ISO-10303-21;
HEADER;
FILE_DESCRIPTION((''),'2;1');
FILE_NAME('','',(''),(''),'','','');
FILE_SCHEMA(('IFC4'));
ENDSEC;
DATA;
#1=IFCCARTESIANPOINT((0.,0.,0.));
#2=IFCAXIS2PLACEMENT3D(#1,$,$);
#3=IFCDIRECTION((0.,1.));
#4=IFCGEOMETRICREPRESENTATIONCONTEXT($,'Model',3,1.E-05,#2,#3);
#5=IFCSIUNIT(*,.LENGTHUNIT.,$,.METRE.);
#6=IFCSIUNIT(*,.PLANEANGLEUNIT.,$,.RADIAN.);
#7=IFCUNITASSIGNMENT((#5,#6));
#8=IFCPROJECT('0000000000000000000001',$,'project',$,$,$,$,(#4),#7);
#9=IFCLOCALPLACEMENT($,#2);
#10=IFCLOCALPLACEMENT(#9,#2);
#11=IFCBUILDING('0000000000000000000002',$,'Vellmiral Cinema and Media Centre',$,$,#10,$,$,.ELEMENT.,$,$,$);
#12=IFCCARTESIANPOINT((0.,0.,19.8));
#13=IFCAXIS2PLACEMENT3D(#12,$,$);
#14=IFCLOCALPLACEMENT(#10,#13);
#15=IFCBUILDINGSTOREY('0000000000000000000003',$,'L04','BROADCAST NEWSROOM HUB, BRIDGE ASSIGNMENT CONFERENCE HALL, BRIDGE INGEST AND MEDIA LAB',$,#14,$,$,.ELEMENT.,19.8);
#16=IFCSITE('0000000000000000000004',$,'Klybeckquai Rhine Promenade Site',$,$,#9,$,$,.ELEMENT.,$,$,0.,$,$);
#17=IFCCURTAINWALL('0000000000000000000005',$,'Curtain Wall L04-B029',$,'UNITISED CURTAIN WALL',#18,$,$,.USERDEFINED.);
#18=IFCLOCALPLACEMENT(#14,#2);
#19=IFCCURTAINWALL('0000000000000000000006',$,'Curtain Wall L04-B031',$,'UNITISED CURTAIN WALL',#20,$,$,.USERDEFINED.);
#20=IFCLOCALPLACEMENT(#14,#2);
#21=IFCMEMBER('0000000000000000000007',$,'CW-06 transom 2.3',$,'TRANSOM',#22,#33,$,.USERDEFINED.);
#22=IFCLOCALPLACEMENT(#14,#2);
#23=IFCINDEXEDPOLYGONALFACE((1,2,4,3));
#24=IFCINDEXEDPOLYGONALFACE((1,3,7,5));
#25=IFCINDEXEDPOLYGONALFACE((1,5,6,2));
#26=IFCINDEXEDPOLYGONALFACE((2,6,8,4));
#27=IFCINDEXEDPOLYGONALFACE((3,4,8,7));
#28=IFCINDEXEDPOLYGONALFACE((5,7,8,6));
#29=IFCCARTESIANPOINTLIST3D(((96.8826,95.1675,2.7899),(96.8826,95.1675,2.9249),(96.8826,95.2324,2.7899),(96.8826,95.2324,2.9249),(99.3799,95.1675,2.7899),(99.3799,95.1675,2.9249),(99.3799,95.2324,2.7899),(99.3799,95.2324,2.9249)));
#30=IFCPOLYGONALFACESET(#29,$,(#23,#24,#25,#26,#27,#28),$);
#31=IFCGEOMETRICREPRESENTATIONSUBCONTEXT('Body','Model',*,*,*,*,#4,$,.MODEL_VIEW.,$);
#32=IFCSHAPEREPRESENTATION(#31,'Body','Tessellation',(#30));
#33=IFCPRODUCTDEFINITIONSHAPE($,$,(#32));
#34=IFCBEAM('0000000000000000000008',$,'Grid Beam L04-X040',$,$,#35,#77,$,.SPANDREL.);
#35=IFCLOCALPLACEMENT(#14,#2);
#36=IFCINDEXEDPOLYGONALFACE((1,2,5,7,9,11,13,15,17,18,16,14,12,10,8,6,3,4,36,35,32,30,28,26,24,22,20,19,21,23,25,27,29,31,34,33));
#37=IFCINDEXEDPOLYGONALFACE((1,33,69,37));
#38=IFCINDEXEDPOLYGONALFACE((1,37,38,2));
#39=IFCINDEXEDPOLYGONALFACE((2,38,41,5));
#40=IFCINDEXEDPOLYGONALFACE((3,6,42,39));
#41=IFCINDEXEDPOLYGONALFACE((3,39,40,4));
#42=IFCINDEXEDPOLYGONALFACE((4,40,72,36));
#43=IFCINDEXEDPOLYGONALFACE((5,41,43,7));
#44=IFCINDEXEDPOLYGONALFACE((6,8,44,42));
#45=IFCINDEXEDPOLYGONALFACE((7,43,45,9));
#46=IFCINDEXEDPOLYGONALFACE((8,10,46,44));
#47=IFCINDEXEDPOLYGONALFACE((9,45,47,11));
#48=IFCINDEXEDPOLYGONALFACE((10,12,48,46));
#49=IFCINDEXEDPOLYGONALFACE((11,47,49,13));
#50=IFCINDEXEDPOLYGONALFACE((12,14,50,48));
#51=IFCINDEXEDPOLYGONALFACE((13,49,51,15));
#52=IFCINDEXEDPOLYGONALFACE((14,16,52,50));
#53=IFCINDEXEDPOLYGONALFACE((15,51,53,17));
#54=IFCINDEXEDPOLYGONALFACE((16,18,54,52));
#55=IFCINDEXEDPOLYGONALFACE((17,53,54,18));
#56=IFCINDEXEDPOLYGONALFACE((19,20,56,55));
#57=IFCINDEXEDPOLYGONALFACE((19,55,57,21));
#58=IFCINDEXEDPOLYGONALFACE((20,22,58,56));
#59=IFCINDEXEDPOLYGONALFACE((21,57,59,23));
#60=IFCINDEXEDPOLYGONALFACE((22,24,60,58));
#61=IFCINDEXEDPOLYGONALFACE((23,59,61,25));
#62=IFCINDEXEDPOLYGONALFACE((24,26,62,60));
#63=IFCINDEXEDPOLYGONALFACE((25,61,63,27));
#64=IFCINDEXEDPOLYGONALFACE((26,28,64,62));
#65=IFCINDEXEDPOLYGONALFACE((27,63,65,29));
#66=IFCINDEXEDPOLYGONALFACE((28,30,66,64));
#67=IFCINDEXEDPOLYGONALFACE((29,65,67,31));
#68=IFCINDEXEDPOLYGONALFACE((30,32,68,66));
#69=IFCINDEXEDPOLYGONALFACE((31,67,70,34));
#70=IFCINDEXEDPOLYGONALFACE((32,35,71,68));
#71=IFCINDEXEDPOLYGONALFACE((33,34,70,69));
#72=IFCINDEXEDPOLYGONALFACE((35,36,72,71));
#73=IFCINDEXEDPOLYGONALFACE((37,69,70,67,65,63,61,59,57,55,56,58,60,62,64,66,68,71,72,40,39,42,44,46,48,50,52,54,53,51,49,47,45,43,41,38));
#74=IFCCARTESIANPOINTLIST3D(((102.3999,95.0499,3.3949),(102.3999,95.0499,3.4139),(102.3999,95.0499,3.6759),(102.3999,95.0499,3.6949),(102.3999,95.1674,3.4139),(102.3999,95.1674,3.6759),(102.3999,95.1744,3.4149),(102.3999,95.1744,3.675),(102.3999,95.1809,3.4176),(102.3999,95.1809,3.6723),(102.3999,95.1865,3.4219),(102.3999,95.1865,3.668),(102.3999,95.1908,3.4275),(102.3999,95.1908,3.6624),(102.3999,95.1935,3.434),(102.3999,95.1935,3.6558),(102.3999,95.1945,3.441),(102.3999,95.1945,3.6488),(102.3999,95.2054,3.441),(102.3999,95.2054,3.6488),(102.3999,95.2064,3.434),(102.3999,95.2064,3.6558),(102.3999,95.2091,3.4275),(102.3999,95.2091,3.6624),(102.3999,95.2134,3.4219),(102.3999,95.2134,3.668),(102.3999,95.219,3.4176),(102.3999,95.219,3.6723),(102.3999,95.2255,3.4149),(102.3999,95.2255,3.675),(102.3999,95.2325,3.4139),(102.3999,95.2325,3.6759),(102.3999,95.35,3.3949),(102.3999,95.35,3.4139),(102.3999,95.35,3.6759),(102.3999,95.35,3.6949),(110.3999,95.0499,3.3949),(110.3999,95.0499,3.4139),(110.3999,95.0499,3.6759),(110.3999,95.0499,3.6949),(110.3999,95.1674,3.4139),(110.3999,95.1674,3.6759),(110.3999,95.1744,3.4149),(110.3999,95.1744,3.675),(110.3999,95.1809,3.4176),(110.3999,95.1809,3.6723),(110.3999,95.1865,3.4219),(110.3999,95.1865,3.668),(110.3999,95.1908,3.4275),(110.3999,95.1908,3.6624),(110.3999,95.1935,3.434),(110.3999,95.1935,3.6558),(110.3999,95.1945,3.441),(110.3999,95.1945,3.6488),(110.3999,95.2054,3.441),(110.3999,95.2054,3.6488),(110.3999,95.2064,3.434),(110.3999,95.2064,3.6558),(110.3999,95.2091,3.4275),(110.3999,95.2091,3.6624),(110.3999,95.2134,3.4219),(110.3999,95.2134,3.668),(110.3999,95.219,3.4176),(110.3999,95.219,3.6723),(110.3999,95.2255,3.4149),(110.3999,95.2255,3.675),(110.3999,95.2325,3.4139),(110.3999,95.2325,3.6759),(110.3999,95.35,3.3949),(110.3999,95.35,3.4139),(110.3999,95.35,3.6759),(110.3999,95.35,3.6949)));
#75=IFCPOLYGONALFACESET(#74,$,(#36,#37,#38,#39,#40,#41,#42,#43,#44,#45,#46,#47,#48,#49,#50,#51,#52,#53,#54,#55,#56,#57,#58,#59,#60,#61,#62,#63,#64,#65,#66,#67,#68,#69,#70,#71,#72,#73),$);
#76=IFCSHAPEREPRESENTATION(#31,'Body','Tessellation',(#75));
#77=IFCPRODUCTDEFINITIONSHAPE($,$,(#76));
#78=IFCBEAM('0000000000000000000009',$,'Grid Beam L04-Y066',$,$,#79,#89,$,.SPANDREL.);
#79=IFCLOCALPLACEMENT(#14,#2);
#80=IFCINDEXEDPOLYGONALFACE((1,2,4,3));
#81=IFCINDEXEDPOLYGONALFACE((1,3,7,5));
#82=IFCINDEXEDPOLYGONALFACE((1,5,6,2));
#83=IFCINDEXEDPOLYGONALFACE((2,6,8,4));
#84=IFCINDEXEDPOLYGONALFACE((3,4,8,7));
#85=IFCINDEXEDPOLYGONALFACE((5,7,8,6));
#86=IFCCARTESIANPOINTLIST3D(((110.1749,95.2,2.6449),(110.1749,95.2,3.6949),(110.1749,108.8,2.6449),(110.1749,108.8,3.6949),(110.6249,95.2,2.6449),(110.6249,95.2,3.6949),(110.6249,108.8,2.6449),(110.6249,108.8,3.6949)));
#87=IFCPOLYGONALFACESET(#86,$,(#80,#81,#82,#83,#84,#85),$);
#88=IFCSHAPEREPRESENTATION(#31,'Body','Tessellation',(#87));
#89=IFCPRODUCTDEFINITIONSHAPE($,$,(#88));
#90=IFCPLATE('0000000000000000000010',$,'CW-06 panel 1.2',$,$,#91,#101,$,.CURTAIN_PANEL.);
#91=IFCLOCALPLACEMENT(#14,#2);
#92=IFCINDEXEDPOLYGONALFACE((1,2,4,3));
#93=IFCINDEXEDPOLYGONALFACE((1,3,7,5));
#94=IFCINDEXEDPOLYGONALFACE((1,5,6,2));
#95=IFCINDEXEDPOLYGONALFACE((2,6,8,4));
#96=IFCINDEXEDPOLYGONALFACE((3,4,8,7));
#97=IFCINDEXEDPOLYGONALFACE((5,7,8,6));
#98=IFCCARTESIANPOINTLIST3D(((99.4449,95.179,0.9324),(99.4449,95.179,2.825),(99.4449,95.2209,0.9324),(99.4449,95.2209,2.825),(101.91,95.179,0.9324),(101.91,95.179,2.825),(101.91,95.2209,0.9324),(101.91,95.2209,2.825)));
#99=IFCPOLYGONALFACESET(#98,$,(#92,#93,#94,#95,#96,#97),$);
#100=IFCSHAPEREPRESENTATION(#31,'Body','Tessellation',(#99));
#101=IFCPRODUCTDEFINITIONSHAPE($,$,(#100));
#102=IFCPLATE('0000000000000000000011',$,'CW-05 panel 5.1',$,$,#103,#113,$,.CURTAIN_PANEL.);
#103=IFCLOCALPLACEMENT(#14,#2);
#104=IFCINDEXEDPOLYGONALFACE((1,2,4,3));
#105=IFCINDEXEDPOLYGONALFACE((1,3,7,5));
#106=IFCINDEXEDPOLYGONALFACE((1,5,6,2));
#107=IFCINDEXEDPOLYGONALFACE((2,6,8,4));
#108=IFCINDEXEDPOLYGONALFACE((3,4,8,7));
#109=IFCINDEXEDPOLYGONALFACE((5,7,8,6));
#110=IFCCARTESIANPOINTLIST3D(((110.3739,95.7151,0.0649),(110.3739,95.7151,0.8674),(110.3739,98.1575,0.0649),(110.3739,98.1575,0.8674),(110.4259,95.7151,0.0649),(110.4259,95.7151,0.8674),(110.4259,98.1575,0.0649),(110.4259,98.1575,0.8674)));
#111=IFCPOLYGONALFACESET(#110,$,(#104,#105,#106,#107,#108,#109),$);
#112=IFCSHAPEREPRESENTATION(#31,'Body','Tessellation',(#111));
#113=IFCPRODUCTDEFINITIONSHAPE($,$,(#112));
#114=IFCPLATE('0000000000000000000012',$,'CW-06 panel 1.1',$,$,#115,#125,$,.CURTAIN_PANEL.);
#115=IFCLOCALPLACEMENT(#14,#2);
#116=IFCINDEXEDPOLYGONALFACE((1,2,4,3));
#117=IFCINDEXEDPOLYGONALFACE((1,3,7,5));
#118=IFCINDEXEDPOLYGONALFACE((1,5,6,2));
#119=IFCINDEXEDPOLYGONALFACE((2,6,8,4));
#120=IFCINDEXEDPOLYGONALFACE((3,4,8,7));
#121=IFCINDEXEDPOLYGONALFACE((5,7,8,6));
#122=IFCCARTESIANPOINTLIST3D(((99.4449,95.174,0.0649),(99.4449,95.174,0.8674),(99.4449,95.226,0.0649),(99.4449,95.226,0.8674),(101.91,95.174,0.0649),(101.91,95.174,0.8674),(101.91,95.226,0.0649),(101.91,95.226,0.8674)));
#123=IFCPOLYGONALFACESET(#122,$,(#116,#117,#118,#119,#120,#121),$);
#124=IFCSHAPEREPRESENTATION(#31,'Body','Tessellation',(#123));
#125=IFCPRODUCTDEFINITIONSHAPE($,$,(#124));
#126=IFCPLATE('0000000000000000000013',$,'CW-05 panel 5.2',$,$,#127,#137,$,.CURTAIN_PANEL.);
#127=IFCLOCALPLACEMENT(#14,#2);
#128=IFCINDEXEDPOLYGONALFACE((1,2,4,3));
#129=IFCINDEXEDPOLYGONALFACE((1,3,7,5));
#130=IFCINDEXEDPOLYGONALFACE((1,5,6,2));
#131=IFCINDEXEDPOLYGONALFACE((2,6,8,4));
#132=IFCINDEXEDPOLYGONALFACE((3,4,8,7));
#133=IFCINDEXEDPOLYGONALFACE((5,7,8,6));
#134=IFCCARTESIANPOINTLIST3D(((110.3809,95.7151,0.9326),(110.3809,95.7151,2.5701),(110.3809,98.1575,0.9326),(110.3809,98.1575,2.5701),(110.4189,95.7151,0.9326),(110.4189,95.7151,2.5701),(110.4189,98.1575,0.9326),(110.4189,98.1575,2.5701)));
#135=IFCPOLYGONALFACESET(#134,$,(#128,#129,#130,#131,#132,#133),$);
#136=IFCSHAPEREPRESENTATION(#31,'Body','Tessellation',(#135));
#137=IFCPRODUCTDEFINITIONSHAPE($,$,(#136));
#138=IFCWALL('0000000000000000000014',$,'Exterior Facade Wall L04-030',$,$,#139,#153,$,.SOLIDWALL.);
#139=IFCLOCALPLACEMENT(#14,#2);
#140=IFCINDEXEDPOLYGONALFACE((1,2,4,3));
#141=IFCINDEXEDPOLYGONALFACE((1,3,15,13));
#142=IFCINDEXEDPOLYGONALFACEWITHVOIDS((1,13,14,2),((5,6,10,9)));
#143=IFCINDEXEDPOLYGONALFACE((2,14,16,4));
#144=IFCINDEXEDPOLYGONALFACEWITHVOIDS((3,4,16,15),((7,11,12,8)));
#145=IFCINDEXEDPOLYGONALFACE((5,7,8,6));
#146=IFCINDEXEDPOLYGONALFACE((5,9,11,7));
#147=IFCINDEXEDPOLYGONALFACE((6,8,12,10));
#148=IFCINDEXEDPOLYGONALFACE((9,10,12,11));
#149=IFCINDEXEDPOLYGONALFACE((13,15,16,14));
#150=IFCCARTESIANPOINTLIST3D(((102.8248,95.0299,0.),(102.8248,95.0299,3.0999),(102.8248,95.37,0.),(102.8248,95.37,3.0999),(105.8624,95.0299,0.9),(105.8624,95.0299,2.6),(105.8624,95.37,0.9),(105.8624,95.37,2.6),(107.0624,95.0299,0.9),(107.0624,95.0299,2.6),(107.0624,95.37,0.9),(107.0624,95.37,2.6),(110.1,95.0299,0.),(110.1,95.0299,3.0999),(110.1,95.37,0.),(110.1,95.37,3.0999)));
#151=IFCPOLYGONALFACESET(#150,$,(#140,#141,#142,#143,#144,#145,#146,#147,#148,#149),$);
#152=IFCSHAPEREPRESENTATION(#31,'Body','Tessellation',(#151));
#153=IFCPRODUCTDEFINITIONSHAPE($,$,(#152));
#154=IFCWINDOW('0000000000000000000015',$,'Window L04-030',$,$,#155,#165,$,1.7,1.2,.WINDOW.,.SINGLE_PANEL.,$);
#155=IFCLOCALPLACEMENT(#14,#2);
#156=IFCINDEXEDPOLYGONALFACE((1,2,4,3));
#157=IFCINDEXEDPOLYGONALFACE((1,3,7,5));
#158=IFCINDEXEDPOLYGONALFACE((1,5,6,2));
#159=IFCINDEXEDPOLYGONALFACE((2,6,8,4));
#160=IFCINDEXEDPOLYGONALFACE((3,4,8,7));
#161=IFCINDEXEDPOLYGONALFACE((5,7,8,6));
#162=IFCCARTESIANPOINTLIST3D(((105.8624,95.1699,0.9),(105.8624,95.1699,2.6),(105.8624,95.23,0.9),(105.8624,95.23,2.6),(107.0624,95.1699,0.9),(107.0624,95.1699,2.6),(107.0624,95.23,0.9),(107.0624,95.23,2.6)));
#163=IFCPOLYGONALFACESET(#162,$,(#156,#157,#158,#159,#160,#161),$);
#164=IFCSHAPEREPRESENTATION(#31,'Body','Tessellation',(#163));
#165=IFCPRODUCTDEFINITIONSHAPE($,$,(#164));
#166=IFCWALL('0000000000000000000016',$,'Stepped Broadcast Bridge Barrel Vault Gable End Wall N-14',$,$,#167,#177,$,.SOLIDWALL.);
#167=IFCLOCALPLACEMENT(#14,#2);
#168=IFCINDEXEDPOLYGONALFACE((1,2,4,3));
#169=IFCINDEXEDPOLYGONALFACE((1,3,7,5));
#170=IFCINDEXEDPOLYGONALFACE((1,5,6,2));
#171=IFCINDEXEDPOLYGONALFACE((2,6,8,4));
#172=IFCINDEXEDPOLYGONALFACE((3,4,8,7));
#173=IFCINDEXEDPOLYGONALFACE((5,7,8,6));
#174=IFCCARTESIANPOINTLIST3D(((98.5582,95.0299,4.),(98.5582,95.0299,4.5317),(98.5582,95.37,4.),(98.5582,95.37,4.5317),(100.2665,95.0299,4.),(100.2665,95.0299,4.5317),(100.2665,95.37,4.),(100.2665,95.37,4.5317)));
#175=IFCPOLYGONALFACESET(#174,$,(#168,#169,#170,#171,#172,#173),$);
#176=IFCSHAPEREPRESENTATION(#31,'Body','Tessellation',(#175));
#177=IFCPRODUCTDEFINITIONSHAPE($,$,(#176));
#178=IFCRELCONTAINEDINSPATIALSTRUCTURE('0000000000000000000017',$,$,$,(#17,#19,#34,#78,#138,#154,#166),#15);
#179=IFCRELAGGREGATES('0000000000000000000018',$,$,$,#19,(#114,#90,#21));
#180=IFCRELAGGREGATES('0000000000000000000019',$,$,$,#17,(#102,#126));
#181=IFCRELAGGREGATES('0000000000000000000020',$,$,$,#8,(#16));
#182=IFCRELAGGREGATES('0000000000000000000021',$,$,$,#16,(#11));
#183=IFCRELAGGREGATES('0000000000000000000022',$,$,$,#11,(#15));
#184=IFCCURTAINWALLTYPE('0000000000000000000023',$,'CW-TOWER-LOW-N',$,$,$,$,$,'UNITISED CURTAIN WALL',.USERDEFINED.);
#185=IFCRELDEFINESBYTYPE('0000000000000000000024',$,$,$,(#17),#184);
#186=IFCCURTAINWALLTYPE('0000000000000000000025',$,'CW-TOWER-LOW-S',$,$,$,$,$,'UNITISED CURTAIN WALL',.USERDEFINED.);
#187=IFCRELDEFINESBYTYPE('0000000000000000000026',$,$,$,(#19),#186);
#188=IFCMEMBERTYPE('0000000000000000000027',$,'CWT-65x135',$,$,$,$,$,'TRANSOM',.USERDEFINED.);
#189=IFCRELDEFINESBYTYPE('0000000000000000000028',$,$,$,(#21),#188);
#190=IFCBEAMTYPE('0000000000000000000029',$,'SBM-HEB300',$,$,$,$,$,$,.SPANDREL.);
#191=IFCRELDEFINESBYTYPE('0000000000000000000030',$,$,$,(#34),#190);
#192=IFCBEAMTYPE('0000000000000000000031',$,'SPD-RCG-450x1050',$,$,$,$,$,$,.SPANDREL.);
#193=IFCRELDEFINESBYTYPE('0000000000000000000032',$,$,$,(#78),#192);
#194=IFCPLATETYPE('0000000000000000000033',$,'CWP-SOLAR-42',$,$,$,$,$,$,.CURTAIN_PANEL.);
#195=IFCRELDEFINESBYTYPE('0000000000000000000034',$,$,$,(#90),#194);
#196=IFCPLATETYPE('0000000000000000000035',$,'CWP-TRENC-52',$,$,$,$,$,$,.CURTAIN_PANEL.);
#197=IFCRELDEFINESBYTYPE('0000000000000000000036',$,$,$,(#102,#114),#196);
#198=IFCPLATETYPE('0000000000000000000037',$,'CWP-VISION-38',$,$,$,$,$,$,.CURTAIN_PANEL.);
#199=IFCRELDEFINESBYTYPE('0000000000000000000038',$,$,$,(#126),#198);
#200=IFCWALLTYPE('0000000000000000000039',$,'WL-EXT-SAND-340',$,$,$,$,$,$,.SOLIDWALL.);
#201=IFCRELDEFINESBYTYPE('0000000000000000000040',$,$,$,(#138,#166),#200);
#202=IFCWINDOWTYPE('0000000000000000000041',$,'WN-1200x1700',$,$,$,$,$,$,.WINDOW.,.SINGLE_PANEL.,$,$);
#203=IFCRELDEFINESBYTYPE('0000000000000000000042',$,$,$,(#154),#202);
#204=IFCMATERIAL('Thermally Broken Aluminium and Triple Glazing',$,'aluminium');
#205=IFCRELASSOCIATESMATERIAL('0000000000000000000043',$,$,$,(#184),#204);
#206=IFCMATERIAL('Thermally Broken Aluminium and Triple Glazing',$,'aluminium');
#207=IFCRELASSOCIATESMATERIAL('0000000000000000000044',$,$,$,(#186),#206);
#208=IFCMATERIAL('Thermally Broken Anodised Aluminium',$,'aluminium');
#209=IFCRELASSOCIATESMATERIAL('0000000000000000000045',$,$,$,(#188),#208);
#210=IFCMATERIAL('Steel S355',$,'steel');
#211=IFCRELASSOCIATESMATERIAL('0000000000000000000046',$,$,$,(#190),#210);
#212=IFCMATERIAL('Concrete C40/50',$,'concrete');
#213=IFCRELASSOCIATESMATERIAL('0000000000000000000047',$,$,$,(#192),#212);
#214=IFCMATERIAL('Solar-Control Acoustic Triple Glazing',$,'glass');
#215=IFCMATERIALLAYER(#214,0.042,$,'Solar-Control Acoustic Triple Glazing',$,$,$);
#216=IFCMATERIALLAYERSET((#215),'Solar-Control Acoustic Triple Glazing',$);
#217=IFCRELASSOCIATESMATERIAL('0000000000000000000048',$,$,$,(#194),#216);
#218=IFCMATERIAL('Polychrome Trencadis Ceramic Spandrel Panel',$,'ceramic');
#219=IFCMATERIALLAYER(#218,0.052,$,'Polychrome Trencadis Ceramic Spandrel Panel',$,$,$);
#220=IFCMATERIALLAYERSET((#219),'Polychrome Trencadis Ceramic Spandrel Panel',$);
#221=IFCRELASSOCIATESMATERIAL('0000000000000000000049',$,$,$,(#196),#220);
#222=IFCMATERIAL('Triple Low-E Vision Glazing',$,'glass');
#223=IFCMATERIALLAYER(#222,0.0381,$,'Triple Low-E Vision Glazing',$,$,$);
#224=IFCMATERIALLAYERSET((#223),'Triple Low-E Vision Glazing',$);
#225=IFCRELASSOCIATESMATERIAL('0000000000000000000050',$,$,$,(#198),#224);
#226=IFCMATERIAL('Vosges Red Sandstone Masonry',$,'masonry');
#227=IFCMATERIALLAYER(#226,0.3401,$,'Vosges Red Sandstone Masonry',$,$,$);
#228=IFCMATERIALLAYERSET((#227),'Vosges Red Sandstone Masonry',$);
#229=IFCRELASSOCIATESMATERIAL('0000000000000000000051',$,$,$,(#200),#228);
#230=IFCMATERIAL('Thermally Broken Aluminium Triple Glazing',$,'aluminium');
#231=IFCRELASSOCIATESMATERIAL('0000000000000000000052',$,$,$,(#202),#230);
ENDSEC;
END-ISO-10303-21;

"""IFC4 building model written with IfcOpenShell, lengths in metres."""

from ifc_helpers import new_model, si_unit, direction, frame, frame_2d, origin, origin_2d, place, context, subcontext, project, spatial, rectangle, i_section, extrude, material, layer, layer_set, material_profile, profile_set, type_object, element, fill, aggregate, save


model = new_model("IFC4")

# Units and contexts
model_context = context("Model", 3, precision=1e-05, world=origin(), true_north=direction((0.0, 1.0)))
body_context = subcontext(model_context, "Body", "Model", "MODEL_VIEW")
ifc_project = project(units=[si_unit("LENGTHUNIT", "METRE"), si_unit("PLANEANGLEUNIT", "RADIAN")], contexts=[model_context])

# Site, building, storey
site_placement = place(None, origin())
site = spatial("IfcSite", under=ifc_project, at=site_placement, Name="Klybeckquai Rhine Promenade Site", CompositionType="ELEMENT", RefElevation=0.0)
building_placement = place(site_placement, origin())
building = spatial("IfcBuilding", under=site, at=building_placement, Name="Vellmiral Cinema and Media Centre", CompositionType="ELEMENT")
storey_placement = place(building_placement, frame((0.0, 0.0, 19.8)))
storey = spatial("IfcBuildingStorey", under=building, at=storey_placement, Name="L04", Description="BROADCAST NEWSROOM HUB, BRIDGE ASSIGNMENT CONFERENCE HALL, BRIDGE INGEST AND MEDIA LAB", CompositionType="ELEMENT", Elevation=19.8)

# Curtain wall
ifc_material_1 = material(Name="Thermally Broken Aluminium and Triple Glazing", Category="aluminium")
curtain_wall_type_1 = type_object("IfcCurtainWallType", Name="CW-TOWER-LOW-N", ElementType="UNITISED CURTAIN WALL", PredefinedType="USERDEFINED", material=ifc_material_1)
curtain_wall_1_placement = place(storey_placement, origin())
curtain_wall_1 = element("IfcCurtainWall", 1, at=curtain_wall_1_placement, inside=storey, type_object=curtain_wall_type_1, Name="Curtain Wall L04-B029", ObjectType="UNITISED CURTAIN WALL", PredefinedType="USERDEFINED")

# Curtain wall, member
ifc_material_2 = material(Name="Thermally Broken Aluminium and Triple Glazing", Category="aluminium")
curtain_wall_type_2 = type_object("IfcCurtainWallType", Name="CW-TOWER-LOW-S", ElementType="UNITISED CURTAIN WALL", PredefinedType="USERDEFINED", material=ifc_material_2)
curtain_wall_2_placement = place(storey_placement, origin())
curtain_wall_2 = element("IfcCurtainWall", 2, at=curtain_wall_2_placement, inside=storey, type_object=curtain_wall_type_2, Name="Curtain Wall L04-B031", ObjectType="UNITISED CURTAIN WALL", PredefinedType="USERDEFINED")
ifc_material_3 = material(Name="Thermally Broken Anodised Aluminium", Category="aluminium")
ifc_material_profile_1 = material_profile(ifc_material_3, rectangle(XDim=0.0649, YDim=0.135, at=origin_2d()), Name="MULL 65x135")
ifc_profile_set_1 = profile_set([ifc_material_profile_1], Name="Thermally Broken Anodised Aluminium")
member_type_1 = type_object("IfcMemberType", Name="CWT-65x135", ElementType="TRANSOM", PredefinedType="USERDEFINED", material=ifc_profile_set_1)
member_1_placement = place(storey_placement, frame((99.3799, 95.2, 2.8574), z_axis=(-1.0, 0.0, 0.0), x_axis=(0.0, -1.0, 0.0)))
member_1 = element("IfcMember", 3, at=member_1_placement, type_object=member_type_1, Name="CW-06 transom 2.3", ObjectType="TRANSOM", PredefinedType="USERDEFINED", context=body_context, shape_type="SweptSolid", body=[
    extrude(rectangle(XDim=0.0649, YDim=0.135, at=origin_2d()), origin(), (0.0, 0.0, 1.0), 2.4973),
])

# Beams
ifc_material_4 = material(Name="Steel S355", Category="steel")
ifc_material_profile_2 = material_profile(ifc_material_4, i_section(OverallWidth=0.3, OverallDepth=0.3, WebThickness=0.011, FlangeThickness=0.019, FilletRadius=0.0271, at=origin_2d()), Name="HEB 300")
ifc_profile_set_2 = profile_set([ifc_material_profile_2], Name="Steel S355")
beam_type_1 = type_object("IfcBeamType", Name="SBM-HEB300", PredefinedType="SPANDREL", material=ifc_profile_set_2)
beam_1_placement = place(storey_placement, frame((102.3999, 95.2, 3.5449), z_axis=(1.0, 0.0, 0.0), x_axis=(0.0, 1.0, 0.0)))
element("IfcBeam", 4, at=beam_1_placement, inside=storey, type_object=beam_type_1, Name="Grid Beam L04-X040", PredefinedType="SPANDREL", context=body_context, shape_type="SweptSolid", body=[
    extrude(i_section(OverallWidth=0.3, OverallDepth=0.3, WebThickness=0.011, FlangeThickness=0.019, FilletRadius=0.0271, at=origin_2d()), origin(), (0.0, 0.0, 1.0), 8.0),
])
ifc_material_5 = material(Name="Concrete C40/50", Category="concrete")
ifc_material_profile_3 = material_profile(ifc_material_5, rectangle(XDim=0.45, YDim=1.05, at=origin_2d()), Name="RC 450x1050")
ifc_profile_set_3 = profile_set([ifc_material_profile_3], Name="Concrete C40/50")
beam_type_2 = type_object("IfcBeamType", Name="SPD-RCG-450x1050", PredefinedType="SPANDREL", material=ifc_profile_set_3)
beam_2_placement = place(storey_placement, frame((110.3999, 95.2, 3.1699), z_axis=(0.0, 1.0, 0.0), x_axis=(-1.0, 0.0, 0.0)))
element("IfcBeam", 5, at=beam_2_placement, inside=storey, type_object=beam_type_2, Name="Grid Beam L04-Y066", PredefinedType="SPANDREL", context=body_context, shape_type="SweptSolid", body=[
    extrude(rectangle(XDim=0.45, YDim=1.05, at=origin_2d()), origin(), (0.0, 0.0, 1.0), 13.6001),
])

# Plates
ifc_material_6 = material(Name="Solar-Control Acoustic Triple Glazing", Category="glass")
ifc_layer_1 = layer(ifc_material_6, 0.042, Name="Solar-Control Acoustic Triple Glazing")
ifc_layer_set_1 = layer_set([ifc_layer_1], Name="Solar-Control Acoustic Triple Glazing")
plate_type_1 = type_object("IfcPlateType", Name="CWP-SOLAR-42", PredefinedType="CURTAIN_PANEL", material=ifc_layer_set_1)
plate_1_placement = place(storey_placement, frame((100.6775, 95.2, 0.9324), z_axis=(0.0, 0.0, 1.0), x_axis=(-1.0, 0.0, 0.0)))
plate_1 = element("IfcPlate", 6, at=plate_1_placement, type_object=plate_type_1, Name="CW-06 panel 1.2", PredefinedType="CURTAIN_PANEL", context=body_context, shape_type="SweptSolid", body=[
    extrude(rectangle(XDim=2.4651, YDim=0.042, at=origin_2d()), origin(), (0.0, 0.0, 1.0), 1.8926),
])
ifc_material_7 = material(Name="Polychrome Trencadis Ceramic Spandrel Panel", Category="ceramic")
ifc_layer_2 = layer(ifc_material_7, 0.052, Name="Polychrome Trencadis Ceramic Spandrel Panel")
ifc_layer_set_2 = layer_set([ifc_layer_2], Name="Polychrome Trencadis Ceramic Spandrel Panel")
plate_type_2 = type_object("IfcPlateType", Name="CWP-TRENC-52", PredefinedType="CURTAIN_PANEL", material=ifc_layer_set_2)
plate_2_placement = place(storey_placement, frame((110.3999, 96.9363, 0.0649), z_axis=(0.0, 0.0, 1.0), x_axis=(0.0, -1.0, 0.0)))
plate_2 = element("IfcPlate", 7, at=plate_2_placement, type_object=plate_type_2, Name="CW-05 panel 5.1", PredefinedType="CURTAIN_PANEL", context=body_context, shape_type="SweptSolid", body=[
    extrude(rectangle(XDim=2.4424, YDim=0.052, at=origin_2d()), origin(), (0.0, 0.0, 1.0), 0.8025),
])
plate_3_placement = place(storey_placement, frame((100.6775, 95.2, 0.0649), z_axis=(0.0, 0.0, 1.0), x_axis=(-1.0, 0.0, 0.0)))
plate_3 = element("IfcPlate", 8, at=plate_3_placement, type_object=plate_type_2, Name="CW-06 panel 1.1", PredefinedType="CURTAIN_PANEL", context=body_context, shape_type="SweptSolid", body=[
    extrude(rectangle(XDim=2.4651, YDim=0.052, at=origin_2d()), origin(), (0.0, 0.0, 1.0), 0.8025),
])
aggregate(curtain_wall_2, [plate_3, plate_1, member_1])
ifc_material_8 = material(Name="Triple Low-E Vision Glazing", Category="glass")
ifc_layer_3 = layer(ifc_material_8, 0.0381, Name="Triple Low-E Vision Glazing")
ifc_layer_set_3 = layer_set([ifc_layer_3], Name="Triple Low-E Vision Glazing")
plate_type_3 = type_object("IfcPlateType", Name="CWP-VISION-38", PredefinedType="CURTAIN_PANEL", material=ifc_layer_set_3)
plate_4_placement = place(storey_placement, frame((110.3999, 96.9363, 0.9326), z_axis=(0.0, 0.0, 1.0), x_axis=(0.0, -1.0, 0.0)))
plate_4 = element("IfcPlate", 9, at=plate_4_placement, type_object=plate_type_3, Name="CW-05 panel 5.2", PredefinedType="CURTAIN_PANEL", context=body_context, shape_type="SweptSolid", body=[
    extrude(rectangle(XDim=2.4424, YDim=0.0381, at=origin_2d()), origin(), (0.0, 0.0, 1.0), 1.6375),
])
aggregate(curtain_wall_1, [plate_2, plate_4])

# Wall, opening, window
ifc_material_9 = material(Name="Vosges Red Sandstone Masonry", Category="masonry")
ifc_layer_4 = layer(ifc_material_9, 0.3401, Name="Vosges Red Sandstone Masonry")
ifc_layer_set_4 = layer_set([ifc_layer_4], Name="Vosges Red Sandstone Masonry")
wall_type = type_object("IfcWallType", Name="WL-EXT-SAND-340", PredefinedType="SOLIDWALL", material=ifc_layer_set_4)
wall_1_placement = place(storey_placement, frame((110.1001, 95.2, 0.0), z_axis=(0.0, 0.0, 1.0), x_axis=(-1.0, 0.0, 0.0)))
wall_1 = element("IfcWall", 10, at=wall_1_placement, inside=storey, type_object=wall_type, Name="Exterior Facade Wall L04-030", PredefinedType="SOLIDWALL", context=body_context, shape_type="SweptSolid", body=[
    extrude(rectangle(XDim=7.2751, YDim=0.3401, at=frame_2d((3.6377, 0.0))), origin(), (0.0, 0.0, 1.0), 3.0999),
])
opening_placement = place(wall_1_placement, frame((3.0376, 0.0, 0.8999)))
opening = element("IfcOpeningElement", 11, at=opening_placement, cuts=wall_1, PredefinedType="OPENING", context=body_context, shape_type="SweptSolid", body=[
    extrude(rectangle(XDim=1.2, YDim=1.7, at=frame_2d((0.6001, 0.8501))), frame((0.0, 0.1821, 0.0), z_axis=(0.0, -1.0, 0.0), x_axis=(1.0, 0.0, 0.0)), (0.0, 0.0, 1.0), 0.364),
])
ifc_material_10 = material(Name="Thermally Broken Aluminium Triple Glazing", Category="aluminium")
window_type = type_object("IfcWindowType", Name="WN-1200x1700", PartitioningType="SINGLE_PANEL", PredefinedType="WINDOW", material=ifc_material_10)
window_placement = place(opening_placement, origin())
window = element("IfcWindow", 12, at=window_placement, inside=storey, type_object=window_type, Name="Window L04-030", OverallHeight=1.7, OverallWidth=1.2, PartitioningType="SINGLE_PANEL", PredefinedType="WINDOW", context=body_context, shape_type="SweptSolid", body=[
    extrude(rectangle(XDim=1.2, YDim=1.7, at=frame_2d((0.6001, 0.8501))), frame((0.0, 0.03, 0.0), z_axis=(0.0, -1.0, 0.0), x_axis=(1.0, 0.0, 0.0)), (0.0, 0.0, 1.0), 0.0601),
])
fill(opening, window)

# Wall
wall_2_placement = place(storey_placement, frame((98.5583, 95.2, 4.0), z_axis=(0.0, 0.0, 1.0), x_axis=(1.0, 0.0, 0.0)))
element("IfcWall", 13, at=wall_2_placement, inside=storey, type_object=wall_type, Name="Stepped Broadcast Bridge Barrel Vault Gable End Wall N-14", PredefinedType="SOLIDWALL", context=body_context, shape_type="SweptSolid", body=[
    extrude(rectangle(XDim=1.7083, YDim=0.3401, at=frame_2d((0.854, 0.0))), origin(), (0.0, 0.0, 1.0), 0.5317),
])

save(model, "model.ifc")
